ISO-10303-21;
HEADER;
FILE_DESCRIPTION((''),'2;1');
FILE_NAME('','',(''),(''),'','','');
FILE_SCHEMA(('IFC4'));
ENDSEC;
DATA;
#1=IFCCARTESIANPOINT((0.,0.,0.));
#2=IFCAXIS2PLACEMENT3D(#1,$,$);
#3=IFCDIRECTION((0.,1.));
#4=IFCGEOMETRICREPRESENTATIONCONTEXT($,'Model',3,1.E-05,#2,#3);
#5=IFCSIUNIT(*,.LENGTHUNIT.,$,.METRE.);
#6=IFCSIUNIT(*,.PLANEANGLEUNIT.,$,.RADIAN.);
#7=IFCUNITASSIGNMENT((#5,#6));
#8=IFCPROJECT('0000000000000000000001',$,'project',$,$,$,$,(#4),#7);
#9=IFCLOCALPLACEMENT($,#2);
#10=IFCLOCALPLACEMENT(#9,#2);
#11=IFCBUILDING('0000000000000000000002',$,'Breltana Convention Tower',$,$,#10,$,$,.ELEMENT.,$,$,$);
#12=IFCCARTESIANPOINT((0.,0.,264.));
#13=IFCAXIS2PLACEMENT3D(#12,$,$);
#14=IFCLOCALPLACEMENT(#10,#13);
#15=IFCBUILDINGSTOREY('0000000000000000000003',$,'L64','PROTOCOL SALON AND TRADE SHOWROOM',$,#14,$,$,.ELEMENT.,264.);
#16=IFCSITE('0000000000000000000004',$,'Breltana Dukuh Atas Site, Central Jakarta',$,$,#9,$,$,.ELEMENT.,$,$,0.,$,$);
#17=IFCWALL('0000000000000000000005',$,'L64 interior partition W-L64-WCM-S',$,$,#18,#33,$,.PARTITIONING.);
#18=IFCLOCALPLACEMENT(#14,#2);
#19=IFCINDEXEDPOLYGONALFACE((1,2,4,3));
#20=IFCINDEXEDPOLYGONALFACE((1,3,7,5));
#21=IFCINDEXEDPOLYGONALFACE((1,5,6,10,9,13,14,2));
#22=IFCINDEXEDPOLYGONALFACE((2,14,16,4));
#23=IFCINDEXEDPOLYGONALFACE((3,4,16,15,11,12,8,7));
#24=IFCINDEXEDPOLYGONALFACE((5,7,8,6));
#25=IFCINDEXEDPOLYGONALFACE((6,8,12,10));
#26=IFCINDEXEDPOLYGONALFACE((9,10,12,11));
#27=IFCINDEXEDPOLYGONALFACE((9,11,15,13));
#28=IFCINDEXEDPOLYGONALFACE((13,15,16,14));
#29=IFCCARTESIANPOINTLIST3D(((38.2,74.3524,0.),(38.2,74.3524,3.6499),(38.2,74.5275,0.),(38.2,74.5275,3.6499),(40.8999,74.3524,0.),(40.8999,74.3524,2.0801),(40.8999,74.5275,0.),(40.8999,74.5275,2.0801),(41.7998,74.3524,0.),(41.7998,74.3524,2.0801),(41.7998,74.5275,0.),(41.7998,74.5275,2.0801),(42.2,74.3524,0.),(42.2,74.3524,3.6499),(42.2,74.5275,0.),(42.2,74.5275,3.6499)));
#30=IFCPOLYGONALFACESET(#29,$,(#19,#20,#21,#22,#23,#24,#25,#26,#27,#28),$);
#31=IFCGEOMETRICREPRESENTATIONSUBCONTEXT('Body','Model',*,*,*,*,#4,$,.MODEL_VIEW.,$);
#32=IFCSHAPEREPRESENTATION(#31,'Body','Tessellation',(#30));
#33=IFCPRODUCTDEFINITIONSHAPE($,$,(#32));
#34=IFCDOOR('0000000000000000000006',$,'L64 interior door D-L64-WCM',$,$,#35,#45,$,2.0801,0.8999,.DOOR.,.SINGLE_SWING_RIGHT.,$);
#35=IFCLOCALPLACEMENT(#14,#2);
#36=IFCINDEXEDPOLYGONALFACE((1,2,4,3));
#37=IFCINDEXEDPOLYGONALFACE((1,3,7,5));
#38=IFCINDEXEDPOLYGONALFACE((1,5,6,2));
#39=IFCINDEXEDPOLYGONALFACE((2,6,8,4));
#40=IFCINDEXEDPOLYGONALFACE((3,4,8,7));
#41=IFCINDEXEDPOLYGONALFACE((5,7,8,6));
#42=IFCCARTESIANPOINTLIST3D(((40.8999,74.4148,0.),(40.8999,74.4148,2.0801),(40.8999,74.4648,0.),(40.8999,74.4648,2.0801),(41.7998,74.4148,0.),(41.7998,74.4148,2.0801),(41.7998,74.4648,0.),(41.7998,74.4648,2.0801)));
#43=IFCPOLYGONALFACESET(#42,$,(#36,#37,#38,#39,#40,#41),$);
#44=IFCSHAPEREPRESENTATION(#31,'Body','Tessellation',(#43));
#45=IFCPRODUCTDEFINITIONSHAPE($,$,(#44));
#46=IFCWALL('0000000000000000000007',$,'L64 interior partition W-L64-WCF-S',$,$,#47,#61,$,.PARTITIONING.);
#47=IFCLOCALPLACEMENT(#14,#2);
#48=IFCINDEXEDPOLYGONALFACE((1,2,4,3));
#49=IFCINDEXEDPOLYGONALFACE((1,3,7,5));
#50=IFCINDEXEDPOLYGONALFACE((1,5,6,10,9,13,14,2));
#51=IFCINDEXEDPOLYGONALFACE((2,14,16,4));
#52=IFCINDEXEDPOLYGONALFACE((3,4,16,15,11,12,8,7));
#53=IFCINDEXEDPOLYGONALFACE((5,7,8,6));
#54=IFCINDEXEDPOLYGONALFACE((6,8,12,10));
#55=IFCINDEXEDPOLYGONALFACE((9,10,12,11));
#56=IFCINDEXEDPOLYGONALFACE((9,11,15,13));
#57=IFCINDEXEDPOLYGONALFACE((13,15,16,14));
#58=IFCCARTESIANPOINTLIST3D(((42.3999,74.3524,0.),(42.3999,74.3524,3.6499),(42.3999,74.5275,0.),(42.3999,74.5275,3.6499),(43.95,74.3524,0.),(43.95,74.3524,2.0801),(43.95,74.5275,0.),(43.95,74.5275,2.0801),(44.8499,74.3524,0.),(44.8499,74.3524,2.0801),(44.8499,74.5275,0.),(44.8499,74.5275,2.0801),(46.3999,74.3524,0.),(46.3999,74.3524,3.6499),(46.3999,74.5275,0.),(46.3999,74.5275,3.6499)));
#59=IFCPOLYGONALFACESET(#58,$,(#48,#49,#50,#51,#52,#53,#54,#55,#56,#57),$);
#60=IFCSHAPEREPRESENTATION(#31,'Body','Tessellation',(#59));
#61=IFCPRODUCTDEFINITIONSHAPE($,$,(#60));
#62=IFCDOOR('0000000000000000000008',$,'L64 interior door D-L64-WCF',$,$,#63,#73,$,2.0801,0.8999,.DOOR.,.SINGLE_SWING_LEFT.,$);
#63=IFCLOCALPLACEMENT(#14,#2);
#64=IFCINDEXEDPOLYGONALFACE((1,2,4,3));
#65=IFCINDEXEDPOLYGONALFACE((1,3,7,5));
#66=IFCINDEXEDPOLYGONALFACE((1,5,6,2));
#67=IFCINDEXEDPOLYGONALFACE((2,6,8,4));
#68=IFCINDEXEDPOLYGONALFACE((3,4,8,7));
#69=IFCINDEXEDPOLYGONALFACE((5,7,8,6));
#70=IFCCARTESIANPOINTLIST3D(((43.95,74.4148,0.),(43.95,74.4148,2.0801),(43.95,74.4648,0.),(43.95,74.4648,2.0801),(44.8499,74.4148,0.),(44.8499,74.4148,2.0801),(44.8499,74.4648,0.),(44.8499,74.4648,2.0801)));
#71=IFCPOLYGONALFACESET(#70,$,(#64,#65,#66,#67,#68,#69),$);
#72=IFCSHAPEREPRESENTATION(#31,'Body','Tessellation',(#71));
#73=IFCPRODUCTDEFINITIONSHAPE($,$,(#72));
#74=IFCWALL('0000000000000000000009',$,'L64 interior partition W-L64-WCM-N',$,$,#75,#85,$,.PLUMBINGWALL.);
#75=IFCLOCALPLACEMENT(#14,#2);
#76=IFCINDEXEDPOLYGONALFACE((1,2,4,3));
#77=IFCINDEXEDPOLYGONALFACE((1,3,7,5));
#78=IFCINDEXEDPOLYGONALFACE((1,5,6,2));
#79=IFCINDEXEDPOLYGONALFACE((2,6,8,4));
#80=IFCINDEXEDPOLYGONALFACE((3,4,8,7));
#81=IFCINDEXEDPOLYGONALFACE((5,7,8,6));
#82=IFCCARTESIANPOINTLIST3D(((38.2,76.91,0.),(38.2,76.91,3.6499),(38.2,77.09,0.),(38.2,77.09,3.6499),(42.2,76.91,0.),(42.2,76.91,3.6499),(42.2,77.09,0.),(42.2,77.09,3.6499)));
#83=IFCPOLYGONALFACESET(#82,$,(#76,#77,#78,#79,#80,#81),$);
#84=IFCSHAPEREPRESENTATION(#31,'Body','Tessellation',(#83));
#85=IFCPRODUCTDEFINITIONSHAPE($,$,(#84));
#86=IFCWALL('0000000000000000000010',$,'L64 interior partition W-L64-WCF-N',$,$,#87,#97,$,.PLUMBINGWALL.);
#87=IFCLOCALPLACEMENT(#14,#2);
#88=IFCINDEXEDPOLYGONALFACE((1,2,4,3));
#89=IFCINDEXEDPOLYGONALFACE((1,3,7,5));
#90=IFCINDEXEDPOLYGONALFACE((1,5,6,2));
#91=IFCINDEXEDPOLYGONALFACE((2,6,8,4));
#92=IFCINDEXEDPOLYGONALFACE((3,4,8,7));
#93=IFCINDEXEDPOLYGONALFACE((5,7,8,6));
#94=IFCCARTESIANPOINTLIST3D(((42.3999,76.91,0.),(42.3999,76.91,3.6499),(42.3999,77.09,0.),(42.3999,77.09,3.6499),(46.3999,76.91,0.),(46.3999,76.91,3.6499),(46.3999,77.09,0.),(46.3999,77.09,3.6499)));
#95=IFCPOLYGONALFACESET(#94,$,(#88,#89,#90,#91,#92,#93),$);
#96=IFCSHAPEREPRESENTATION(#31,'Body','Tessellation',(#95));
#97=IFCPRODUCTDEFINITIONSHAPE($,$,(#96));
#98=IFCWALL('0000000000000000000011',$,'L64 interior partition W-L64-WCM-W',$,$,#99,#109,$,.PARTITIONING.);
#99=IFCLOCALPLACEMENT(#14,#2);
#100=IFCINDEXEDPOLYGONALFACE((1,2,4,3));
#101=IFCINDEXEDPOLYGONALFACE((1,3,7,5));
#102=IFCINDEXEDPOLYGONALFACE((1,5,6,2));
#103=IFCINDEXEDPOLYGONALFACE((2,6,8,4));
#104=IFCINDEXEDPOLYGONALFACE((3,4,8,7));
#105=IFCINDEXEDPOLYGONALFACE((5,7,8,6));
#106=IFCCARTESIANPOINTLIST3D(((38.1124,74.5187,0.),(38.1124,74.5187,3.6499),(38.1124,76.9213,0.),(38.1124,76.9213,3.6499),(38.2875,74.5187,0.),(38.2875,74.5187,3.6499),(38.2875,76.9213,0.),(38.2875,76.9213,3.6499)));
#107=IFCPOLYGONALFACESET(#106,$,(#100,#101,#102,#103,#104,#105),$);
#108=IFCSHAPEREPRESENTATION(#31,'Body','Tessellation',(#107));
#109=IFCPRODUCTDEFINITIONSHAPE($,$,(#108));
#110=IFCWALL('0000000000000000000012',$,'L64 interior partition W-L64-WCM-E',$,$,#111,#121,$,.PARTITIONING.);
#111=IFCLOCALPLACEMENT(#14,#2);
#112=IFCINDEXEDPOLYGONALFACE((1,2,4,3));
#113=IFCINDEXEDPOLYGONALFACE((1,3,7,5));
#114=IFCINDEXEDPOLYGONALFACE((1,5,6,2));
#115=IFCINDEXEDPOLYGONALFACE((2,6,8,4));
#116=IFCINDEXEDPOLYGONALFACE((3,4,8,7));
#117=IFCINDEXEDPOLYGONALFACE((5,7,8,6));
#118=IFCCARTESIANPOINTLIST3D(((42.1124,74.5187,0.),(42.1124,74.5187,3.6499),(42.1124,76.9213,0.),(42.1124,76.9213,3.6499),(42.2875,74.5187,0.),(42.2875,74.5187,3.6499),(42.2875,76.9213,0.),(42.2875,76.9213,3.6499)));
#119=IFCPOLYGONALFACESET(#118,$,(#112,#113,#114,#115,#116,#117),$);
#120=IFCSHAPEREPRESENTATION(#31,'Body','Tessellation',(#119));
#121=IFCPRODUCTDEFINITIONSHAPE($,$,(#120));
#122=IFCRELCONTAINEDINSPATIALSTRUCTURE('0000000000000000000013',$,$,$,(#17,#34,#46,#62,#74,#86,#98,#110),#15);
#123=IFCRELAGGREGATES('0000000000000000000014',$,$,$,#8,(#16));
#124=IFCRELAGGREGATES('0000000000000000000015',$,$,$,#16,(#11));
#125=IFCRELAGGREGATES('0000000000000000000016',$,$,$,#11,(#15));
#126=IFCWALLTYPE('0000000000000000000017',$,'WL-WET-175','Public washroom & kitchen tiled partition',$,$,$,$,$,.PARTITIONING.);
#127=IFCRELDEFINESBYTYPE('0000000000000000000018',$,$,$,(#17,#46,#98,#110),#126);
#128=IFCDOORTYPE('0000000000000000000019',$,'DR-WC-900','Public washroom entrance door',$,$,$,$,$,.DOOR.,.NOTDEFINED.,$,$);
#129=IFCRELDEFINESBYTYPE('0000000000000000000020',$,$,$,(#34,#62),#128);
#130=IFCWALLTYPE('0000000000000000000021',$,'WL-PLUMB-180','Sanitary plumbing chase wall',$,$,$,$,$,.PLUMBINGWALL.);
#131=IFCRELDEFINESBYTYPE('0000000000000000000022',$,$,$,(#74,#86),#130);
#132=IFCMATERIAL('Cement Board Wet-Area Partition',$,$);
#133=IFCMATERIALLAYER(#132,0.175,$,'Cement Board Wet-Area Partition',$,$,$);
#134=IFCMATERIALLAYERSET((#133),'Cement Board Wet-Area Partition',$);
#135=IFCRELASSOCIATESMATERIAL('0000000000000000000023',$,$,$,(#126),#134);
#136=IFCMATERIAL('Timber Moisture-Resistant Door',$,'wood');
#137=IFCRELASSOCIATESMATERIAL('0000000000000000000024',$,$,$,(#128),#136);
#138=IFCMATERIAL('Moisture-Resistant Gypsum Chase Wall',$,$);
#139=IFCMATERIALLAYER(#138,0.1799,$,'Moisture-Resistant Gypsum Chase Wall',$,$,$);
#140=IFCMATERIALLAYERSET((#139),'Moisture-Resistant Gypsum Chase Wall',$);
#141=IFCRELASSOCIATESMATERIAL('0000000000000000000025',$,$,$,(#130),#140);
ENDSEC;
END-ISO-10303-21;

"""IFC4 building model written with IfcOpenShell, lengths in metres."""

from ifc_helpers import new_model, si_unit, direction, frame, frame_2d, origin, place, context, subcontext, project, spatial, rectangle, extrude, source, transform, mapped, material, layer, layer_set, type_object, type_shapes, element, fill, save


model = new_model("IFC4")

# Units and contexts
model_context = context("Model", 3, precision=1e-05, world=origin(), true_north=direction((0.0, 1.0)))
body_context = subcontext(model_context, "Body", "Model", "MODEL_VIEW")
ifc_project = project(units=[si_unit("LENGTHUNIT", "METRE"), si_unit("PLANEANGLEUNIT", "RADIAN")], contexts=[model_context])

# Site, building, storey
site_placement = place(None, origin())
site = spatial("IfcSite", under=ifc_project, at=site_placement, Name="Breltana Dukuh Atas Site, Central Jakarta", CompositionType="ELEMENT", RefElevation=0.0)
building_placement = place(site_placement, origin())
building = spatial("IfcBuilding", under=site, at=building_placement, Name="Breltana Convention Tower", CompositionType="ELEMENT")
storey_placement = place(building_placement, frame((0.0, 0.0, 264.0)))
storey = spatial("IfcBuildingStorey", under=building, at=storey_placement, Name="L64", Description="PROTOCOL SALON AND TRADE SHOWROOM", CompositionType="ELEMENT", Elevation=264.0)

# Walls, openings, doors
ifc_material_1 = material(Name="Cement Board Wet-Area Partition")
ifc_layer_1 = layer(ifc_material_1, 0.175, Name="Cement Board Wet-Area Partition")
ifc_layer_set_1 = layer_set([ifc_layer_1], Name="Cement Board Wet-Area Partition")
wall_type_1 = type_object("IfcWallType", Name="WL-WET-175", Description="Public washroom & kitchen tiled partition", PredefinedType="PARTITIONING", material=ifc_layer_set_1)
shared_shape_1 = source(origin(), body_context, "Body", "SweptSolid", [
    extrude(rectangle(XDim=4.0, YDim=0.175, at=frame_2d((2.0, 0.0))), origin(), (0.0, 0.0, 1.0), 3.6499),
])
wall_1_placement = place(storey_placement, frame((38.2, 74.4399, 0.0), z_axis=(0.0, 0.0, 1.0), x_axis=(1.0, 0.0, 0.0)))
wall_1 = element("IfcWall", 1, at=wall_1_placement, inside=storey, type_object=wall_type_1, Name="L64 interior partition W-L64-WCM-S", PredefinedType="PARTITIONING", context=body_context, shape_type="MappedRepresentation", body=[
    mapped(shared_shape_1, transform((0.0, 0.0, 0.0), scale=1.0)),
])
opening_1_placement = place(wall_1_placement, frame((2.7, 0.0, 0.0)))
opening_1 = element("IfcOpeningElement", 2, at=opening_1_placement, cuts=wall_1, PredefinedType="OPENING", context=body_context, shape_type="SweptSolid", body=[
    extrude(rectangle(XDim=0.8999, YDim=2.0801, at=frame_2d((0.45, 1.04))), frame((0.0, 0.0977, 0.0), z_axis=(0.0, -1.0, 0.0), x_axis=(1.0, 0.0, 0.0)), (0.0, 0.0, 1.0), 0.1951),
])
ifc_material_2 = material(Name="Timber Moisture-Resistant Door", Category="wood")
door_type_1 = type_object("IfcDoorType", Name="DR-WC-900", Description="Public washroom entrance door", OperationType="NOTDEFINED", PredefinedType="DOOR", material=ifc_material_2)
shared_shape_2 = source(origin(), body_context, "Body", "SweptSolid", [
    extrude(rectangle(XDim=0.8999, YDim=2.0801, at=frame_2d((0.45, 1.04))), frame((0.0, 0.0249, 0.0), z_axis=(0.0, -1.0, 0.0), x_axis=(1.0, 0.0, 0.0)), (0.0, 0.0, 1.0), 0.05),
])
type_shapes(door_type_1, [shared_shape_2])
door_1_placement = place(opening_1_placement, origin())
door_1 = element("IfcDoor", 3, at=door_1_placement, inside=storey, type_object=door_type_1, Name="L64 interior door D-L64-WCM", OperationType="SINGLE_SWING_RIGHT", OverallHeight=2.0801, OverallWidth=0.8999, PredefinedType="DOOR", context=body_context, shape_type="MappedRepresentation", body=[
    mapped(shared_shape_2, transform((0.0, 0.0, 0.0), scale=1.0)),
])
fill(opening_1, door_1)
wall_2_placement = place(storey_placement, frame((42.3999, 74.4399, 0.0), z_axis=(0.0, 0.0, 1.0), x_axis=(1.0, 0.0, 0.0)))
wall_2 = element("IfcWall", 4, at=wall_2_placement, inside=storey, type_object=wall_type_1, Name="L64 interior partition W-L64-WCF-S", PredefinedType="PARTITIONING", context=body_context, shape_type="MappedRepresentation", body=[
    mapped(shared_shape_1, transform((0.0, 0.0, 0.0), scale=1.0)),
])
opening_2_placement = place(wall_2_placement, frame((1.55, 0.0, 0.0)))
opening_2 = element("IfcOpeningElement", 5, at=opening_2_placement, cuts=wall_2, PredefinedType="OPENING", context=body_context, shape_type="SweptSolid", body=[
    extrude(rectangle(XDim=0.8999, YDim=2.0801, at=frame_2d((0.45, 1.04))), frame((0.0, 0.0977, 0.0), z_axis=(0.0, -1.0, 0.0), x_axis=(1.0, 0.0, 0.0)), (0.0, 0.0, 1.0), 0.1951),
])
door_2_placement = place(opening_2_placement, origin())
door_2 = element("IfcDoor", 6, at=door_2_placement, inside=storey, type_object=door_type_1, Name="L64 interior door D-L64-WCF", OperationType="SINGLE_SWING_LEFT", OverallHeight=2.0801, OverallWidth=0.8999, PredefinedType="DOOR", context=body_context, shape_type="MappedRepresentation", body=[
    mapped(shared_shape_2, transform((0.0, 0.0, 0.0), scale=1.0)),
])
fill(opening_2, door_2)

# Walls
ifc_material_3 = material(Name="Moisture-Resistant Gypsum Chase Wall")
ifc_layer_2 = layer(ifc_material_3, 0.1799, Name="Moisture-Resistant Gypsum Chase Wall")
ifc_layer_set_2 = layer_set([ifc_layer_2], Name="Moisture-Resistant Gypsum Chase Wall")
wall_type_2 = type_object("IfcWallType", Name="WL-PLUMB-180", Description="Sanitary plumbing chase wall", PredefinedType="PLUMBINGWALL", material=ifc_layer_set_2)
shared_shape_3 = source(origin(), body_context, "Body", "SweptSolid", [
    extrude(rectangle(XDim=4.0, YDim=0.1799, at=frame_2d((2.0, 0.0))), origin(), (0.0, 0.0, 1.0), 3.6499),
])
for number, where, z_axis, x_axis, name in (
    (7, (38.2, 77.0, 0.0), (0.0, 0.0, 1.0), (1.0, 0.0, 0.0), "L64 interior partition W-L64-WCM-N"),
    (8, (42.3999, 77.0, 0.0), (0.0, 0.0, 1.0), (1.0, 0.0, 0.0), "L64 interior partition W-L64-WCF-N"),
):
    element("IfcWall", number, at=place(storey_placement, frame(where, z_axis=z_axis, x_axis=x_axis)), inside=storey, type_object=wall_type_2, Name=name, PredefinedType="PLUMBINGWALL", context=body_context, shape_type="MappedRepresentation", body=[
        mapped(shared_shape_3, transform((0.0, 0.0, 0.0), scale=1.0)),
    ])
shared_shape_4 = source(origin(), body_context, "Body", "SweptSolid", [
    extrude(rectangle(XDim=2.4026, YDim=0.175, at=frame_2d((1.2012, 0.0))), origin(), (0.0, 0.0, 1.0), 3.6499),
])
for number, where, z_axis, x_axis, name in (
    (9, (38.2, 74.5188, 0.0), (0.0, 0.0, 1.0), (0.0, 1.0, 0.0), "L64 interior partition W-L64-WCM-W"),
    (10, (42.2, 74.5188, 0.0), (0.0, 0.0, 1.0), (0.0, 1.0, 0.0), "L64 interior partition W-L64-WCM-E"),
):
    element("IfcWall", number, at=place(storey_placement, frame(where, z_axis=z_axis, x_axis=x_axis)), inside=storey, type_object=wall_type_1, Name=name, PredefinedType="PARTITIONING", context=body_context, shape_type="MappedRepresentation", body=[
        mapped(shared_shape_4, transform((0.0, 0.0, 0.0), scale=1.0)),
    ])

save(model, "model.ifc")
